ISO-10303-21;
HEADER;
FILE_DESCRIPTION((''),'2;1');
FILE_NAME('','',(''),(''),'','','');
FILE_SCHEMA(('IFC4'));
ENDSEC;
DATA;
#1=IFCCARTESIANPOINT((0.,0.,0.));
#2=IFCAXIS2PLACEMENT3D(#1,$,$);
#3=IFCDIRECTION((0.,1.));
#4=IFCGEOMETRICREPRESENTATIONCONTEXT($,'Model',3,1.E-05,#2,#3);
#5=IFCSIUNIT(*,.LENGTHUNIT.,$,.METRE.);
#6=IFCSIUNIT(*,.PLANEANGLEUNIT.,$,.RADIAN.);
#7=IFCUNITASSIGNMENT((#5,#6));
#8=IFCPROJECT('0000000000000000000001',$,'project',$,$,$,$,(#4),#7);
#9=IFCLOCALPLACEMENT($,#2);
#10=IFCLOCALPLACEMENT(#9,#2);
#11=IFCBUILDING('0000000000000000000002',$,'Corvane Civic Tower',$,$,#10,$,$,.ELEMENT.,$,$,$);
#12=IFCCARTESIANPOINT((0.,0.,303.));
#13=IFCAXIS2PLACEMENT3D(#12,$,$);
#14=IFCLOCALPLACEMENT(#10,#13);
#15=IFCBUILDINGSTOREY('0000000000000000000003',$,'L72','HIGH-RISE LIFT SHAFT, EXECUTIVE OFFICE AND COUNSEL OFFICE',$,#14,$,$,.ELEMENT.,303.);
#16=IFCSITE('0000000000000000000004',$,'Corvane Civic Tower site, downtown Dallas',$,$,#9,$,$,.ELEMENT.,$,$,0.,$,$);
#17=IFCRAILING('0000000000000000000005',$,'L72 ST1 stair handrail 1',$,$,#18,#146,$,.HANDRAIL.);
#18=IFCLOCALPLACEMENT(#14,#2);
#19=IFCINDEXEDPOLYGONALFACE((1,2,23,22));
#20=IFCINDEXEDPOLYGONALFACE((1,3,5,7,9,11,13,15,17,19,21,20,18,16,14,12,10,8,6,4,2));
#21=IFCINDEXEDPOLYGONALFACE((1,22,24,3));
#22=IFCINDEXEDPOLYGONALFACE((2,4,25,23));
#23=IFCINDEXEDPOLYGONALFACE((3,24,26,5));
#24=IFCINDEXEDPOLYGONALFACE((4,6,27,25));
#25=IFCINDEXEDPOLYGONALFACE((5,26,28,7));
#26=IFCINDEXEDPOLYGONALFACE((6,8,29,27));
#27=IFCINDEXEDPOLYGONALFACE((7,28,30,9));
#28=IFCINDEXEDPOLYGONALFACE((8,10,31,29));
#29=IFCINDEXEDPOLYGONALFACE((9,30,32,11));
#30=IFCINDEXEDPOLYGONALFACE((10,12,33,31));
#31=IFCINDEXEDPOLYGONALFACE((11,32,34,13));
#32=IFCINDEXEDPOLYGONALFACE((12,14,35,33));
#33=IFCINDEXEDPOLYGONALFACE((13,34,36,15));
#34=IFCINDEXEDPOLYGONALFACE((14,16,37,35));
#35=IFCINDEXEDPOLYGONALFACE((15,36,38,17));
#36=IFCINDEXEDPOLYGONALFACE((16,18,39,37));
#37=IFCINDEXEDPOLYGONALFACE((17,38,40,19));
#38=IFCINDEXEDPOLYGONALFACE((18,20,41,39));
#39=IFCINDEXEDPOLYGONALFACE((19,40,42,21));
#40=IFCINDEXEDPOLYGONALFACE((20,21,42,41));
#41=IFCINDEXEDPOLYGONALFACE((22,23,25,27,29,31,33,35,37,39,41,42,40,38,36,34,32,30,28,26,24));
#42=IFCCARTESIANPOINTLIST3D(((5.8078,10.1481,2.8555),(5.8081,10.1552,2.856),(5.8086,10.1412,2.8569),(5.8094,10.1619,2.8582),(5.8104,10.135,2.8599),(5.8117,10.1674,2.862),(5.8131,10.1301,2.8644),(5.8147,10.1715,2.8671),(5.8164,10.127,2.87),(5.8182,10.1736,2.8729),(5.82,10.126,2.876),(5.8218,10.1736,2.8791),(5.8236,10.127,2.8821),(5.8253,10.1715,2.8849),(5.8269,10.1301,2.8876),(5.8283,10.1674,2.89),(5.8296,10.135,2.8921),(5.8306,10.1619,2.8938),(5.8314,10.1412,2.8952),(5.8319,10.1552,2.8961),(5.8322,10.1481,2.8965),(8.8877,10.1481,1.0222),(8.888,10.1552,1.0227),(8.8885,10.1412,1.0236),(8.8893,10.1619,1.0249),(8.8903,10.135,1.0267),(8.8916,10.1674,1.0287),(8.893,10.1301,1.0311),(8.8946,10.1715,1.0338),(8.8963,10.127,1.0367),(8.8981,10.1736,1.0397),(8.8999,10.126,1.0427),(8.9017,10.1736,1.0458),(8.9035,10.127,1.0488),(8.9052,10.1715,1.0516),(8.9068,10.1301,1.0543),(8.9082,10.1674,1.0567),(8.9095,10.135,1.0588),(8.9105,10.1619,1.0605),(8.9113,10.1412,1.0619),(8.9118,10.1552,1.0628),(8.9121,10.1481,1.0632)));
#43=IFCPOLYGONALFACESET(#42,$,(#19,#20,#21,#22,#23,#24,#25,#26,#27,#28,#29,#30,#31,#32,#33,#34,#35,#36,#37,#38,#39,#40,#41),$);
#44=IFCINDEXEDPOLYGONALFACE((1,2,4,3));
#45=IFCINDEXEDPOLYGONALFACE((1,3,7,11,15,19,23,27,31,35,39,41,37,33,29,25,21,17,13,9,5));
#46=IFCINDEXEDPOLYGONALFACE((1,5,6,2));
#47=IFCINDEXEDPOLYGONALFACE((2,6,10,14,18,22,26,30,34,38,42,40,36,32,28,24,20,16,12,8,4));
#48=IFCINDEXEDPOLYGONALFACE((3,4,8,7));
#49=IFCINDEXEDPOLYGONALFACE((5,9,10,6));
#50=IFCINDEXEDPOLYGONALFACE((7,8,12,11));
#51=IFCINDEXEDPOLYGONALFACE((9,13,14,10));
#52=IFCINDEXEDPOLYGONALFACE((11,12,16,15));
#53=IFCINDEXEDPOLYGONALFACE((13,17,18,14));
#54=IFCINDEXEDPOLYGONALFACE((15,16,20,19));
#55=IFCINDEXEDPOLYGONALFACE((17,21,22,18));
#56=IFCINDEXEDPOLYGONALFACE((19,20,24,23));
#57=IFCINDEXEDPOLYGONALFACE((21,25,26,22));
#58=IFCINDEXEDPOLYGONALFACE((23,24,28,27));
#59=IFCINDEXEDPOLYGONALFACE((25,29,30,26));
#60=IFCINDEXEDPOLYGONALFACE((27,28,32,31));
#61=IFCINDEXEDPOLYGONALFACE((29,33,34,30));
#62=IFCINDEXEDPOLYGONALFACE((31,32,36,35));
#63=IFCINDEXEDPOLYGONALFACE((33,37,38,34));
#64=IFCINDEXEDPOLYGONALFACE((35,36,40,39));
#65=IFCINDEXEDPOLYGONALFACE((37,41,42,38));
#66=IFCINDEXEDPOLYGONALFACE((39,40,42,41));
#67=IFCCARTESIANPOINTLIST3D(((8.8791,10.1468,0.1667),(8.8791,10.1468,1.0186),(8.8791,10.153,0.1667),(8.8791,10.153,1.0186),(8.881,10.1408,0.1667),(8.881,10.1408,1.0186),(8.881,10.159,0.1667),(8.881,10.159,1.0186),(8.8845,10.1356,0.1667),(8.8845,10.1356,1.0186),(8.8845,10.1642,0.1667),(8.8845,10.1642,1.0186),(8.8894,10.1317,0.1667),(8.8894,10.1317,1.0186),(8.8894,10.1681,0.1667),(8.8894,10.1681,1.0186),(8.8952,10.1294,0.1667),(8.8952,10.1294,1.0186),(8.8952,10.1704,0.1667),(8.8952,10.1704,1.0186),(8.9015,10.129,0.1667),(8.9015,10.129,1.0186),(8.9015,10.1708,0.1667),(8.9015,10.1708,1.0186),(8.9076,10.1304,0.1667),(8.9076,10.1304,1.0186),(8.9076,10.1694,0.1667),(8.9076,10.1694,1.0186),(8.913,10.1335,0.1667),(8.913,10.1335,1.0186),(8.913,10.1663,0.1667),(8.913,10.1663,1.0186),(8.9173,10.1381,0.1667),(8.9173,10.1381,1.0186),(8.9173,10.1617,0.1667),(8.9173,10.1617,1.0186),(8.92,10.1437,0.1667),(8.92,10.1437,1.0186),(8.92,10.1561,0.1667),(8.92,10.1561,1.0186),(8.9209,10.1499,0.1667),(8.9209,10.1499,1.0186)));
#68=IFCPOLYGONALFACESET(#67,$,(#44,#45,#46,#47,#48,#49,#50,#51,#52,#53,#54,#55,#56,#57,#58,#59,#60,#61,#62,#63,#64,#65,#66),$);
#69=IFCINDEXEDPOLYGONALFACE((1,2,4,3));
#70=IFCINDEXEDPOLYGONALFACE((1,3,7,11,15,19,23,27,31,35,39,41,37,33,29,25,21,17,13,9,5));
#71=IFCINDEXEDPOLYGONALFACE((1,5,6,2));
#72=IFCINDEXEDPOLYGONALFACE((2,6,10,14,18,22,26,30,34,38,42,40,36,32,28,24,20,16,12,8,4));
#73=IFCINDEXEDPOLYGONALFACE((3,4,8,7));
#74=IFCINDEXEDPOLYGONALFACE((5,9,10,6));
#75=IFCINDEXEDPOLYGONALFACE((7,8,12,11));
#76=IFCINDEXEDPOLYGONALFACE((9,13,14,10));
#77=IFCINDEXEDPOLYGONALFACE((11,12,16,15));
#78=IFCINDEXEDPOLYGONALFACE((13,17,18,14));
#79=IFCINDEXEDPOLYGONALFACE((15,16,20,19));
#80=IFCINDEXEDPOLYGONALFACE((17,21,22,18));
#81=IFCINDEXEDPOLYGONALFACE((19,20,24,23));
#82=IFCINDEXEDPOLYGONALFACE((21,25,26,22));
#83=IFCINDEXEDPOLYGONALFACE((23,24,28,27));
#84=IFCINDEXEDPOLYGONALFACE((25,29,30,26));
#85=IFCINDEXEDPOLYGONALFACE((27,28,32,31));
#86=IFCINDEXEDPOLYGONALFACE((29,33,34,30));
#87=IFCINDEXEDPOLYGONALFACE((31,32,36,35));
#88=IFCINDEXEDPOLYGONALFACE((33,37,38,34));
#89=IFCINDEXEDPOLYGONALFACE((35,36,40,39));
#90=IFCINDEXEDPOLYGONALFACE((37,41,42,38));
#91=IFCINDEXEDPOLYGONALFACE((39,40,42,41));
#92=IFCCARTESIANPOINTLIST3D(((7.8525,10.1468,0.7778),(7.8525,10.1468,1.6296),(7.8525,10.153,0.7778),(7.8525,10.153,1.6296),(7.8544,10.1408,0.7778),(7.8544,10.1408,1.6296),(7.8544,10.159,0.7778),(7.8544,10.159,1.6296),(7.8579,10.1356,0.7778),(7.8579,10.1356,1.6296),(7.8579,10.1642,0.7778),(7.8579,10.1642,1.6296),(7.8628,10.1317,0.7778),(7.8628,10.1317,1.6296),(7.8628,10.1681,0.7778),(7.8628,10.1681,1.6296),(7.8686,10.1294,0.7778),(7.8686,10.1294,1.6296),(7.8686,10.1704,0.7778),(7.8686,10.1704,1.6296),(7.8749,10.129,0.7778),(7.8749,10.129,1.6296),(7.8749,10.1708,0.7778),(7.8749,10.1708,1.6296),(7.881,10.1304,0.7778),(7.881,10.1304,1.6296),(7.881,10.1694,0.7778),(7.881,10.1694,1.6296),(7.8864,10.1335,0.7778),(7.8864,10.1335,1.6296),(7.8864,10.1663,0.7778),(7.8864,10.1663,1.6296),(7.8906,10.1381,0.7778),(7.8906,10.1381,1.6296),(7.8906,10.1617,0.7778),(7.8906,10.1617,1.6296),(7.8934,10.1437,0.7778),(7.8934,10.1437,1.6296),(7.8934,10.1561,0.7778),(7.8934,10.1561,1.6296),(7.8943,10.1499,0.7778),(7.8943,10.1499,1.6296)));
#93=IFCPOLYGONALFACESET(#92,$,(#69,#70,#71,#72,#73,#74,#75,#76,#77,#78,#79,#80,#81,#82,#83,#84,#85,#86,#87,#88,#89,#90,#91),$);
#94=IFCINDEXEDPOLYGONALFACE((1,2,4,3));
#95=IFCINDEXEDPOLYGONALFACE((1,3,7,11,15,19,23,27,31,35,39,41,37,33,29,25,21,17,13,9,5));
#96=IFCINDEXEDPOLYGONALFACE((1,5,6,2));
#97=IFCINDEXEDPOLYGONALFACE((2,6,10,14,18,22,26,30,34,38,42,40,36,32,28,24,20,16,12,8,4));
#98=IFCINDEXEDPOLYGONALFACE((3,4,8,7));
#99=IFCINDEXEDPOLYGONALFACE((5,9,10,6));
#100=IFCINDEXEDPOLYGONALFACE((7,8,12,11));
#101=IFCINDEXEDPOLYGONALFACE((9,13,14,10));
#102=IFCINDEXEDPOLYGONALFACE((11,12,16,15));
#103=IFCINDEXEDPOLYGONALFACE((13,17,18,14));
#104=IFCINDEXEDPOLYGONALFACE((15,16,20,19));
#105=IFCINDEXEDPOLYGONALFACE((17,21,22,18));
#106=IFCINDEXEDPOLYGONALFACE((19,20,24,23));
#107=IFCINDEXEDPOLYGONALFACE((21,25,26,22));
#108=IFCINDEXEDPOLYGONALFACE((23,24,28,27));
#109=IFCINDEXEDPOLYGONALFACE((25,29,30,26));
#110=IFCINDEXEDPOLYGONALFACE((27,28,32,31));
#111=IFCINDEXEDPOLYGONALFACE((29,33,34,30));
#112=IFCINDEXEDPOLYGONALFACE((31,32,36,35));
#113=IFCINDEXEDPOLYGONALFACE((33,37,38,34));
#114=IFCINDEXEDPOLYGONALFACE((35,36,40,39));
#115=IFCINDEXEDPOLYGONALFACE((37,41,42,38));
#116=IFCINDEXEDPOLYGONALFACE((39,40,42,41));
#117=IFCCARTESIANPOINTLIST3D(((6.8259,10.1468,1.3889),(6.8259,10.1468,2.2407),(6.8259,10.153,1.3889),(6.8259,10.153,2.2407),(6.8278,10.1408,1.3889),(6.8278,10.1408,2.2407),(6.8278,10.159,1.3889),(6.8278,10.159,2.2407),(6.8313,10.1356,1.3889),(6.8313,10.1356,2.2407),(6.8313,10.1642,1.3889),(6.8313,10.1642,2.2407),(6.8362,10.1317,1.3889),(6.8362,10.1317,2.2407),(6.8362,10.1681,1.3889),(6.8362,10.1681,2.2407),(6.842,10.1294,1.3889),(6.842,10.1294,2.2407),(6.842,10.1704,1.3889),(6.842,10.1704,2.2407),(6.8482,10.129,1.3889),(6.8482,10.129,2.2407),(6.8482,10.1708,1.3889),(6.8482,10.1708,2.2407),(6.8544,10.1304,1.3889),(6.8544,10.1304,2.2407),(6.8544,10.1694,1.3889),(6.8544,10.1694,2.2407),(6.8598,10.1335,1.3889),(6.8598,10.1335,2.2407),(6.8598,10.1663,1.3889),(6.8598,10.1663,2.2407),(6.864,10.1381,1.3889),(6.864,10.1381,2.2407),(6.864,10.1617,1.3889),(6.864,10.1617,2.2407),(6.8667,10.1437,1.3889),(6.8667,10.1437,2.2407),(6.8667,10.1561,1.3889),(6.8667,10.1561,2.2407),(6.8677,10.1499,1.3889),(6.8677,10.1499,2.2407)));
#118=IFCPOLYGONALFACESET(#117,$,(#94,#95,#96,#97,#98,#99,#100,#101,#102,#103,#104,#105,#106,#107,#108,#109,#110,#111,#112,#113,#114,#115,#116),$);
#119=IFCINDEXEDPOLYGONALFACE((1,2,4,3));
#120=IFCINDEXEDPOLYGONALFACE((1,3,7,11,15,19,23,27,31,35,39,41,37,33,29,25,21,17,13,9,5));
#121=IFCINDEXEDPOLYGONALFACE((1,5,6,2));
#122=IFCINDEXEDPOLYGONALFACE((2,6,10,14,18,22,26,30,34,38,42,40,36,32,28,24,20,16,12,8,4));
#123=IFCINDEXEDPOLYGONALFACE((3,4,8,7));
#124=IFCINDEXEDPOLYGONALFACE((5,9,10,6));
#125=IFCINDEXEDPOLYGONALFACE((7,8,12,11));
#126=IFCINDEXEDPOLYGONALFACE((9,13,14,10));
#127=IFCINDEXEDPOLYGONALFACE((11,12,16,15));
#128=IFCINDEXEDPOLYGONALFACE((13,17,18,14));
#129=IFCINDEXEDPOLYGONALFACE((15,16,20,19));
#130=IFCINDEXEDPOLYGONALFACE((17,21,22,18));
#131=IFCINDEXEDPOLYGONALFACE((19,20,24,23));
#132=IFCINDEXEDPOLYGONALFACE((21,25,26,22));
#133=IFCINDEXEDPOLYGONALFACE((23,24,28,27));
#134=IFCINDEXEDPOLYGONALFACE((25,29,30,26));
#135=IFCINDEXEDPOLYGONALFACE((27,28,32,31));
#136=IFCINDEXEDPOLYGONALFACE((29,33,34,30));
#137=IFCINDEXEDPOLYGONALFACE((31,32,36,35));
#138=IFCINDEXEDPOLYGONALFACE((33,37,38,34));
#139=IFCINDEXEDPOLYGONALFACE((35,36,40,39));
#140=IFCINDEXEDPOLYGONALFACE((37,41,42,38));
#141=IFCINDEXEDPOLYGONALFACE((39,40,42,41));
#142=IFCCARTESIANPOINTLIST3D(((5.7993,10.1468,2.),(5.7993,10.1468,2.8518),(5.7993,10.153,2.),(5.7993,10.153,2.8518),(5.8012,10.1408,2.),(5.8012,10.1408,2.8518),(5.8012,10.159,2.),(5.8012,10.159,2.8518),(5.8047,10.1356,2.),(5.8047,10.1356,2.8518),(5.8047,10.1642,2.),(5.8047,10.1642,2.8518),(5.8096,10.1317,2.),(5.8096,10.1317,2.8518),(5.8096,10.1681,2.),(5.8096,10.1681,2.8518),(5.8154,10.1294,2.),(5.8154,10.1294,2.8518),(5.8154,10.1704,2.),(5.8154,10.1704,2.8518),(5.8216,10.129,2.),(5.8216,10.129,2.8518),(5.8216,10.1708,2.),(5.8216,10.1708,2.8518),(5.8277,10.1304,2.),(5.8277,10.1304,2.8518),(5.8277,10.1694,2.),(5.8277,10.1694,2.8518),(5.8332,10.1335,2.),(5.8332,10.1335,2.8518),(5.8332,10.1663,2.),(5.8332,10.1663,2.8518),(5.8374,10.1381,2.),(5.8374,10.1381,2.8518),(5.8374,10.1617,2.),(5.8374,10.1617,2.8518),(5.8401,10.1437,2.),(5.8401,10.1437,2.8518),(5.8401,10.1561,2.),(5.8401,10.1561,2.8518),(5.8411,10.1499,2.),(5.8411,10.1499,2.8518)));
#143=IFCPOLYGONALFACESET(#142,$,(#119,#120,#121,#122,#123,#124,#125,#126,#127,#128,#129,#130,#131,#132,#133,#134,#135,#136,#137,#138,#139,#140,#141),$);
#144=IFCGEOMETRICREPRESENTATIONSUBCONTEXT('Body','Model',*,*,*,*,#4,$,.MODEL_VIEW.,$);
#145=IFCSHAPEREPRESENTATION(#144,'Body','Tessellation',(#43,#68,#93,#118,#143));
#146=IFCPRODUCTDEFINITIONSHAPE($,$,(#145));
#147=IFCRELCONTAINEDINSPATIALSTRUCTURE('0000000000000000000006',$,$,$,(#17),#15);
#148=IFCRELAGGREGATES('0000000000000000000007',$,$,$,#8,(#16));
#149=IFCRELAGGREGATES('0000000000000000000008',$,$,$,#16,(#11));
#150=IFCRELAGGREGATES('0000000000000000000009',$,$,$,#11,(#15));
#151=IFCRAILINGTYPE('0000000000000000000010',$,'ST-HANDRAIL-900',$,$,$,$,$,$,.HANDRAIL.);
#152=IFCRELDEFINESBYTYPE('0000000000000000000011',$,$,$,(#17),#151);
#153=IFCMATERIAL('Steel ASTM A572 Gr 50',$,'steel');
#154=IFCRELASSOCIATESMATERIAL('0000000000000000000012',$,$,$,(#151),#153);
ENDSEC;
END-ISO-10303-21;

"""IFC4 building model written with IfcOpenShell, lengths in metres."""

from ifc_helpers import new_model, si_unit, direction, frame, origin, origin_2d, place, context, subcontext, project, spatial, circle, extrude, material, type_object, element, save


model = new_model("IFC4")

# Units and contexts
model_context = context("Model", 3, precision=1e-05, world=origin(), true_north=direction((0.0, 1.0)))
body_context = subcontext(model_context, "Body", "Model", "MODEL_VIEW")
ifc_project = project(units=[si_unit("LENGTHUNIT", "METRE"), si_unit("PLANEANGLEUNIT", "RADIAN")], contexts=[model_context])

# Site, building, storey
site_placement = place(None, origin())
site = spatial("IfcSite", under=ifc_project, at=site_placement, Name="Corvane Civic Tower site, downtown Dallas", CompositionType="ELEMENT", RefElevation=0.0)
building_placement = place(site_placement, origin())
building = spatial("IfcBuilding", under=site, at=building_placement, Name="Corvane Civic Tower", CompositionType="ELEMENT")
storey_placement = place(building_placement, frame((0.0, 0.0, 303.0)))
storey = spatial("IfcBuildingStorey", under=building, at=storey_placement, Name="L72", Description="HIGH-RISE LIFT SHAFT, EXECUTIVE OFFICE AND COUNSEL OFFICE", CompositionType="ELEMENT", Elevation=303.0)

# Railing
ifc_material_1 = material(Name="Steel ASTM A572 Gr 50", Category="steel")
railing_type = type_object("IfcRailingType", Name="ST-HANDRAIL-900", PredefinedType="HANDRAIL", material=ifc_material_1)
railing_placement = place(storey_placement, frame((8.8999, 10.1499, 0.1667)))
element("IfcRailing", 1, at=railing_placement, inside=storey, type_object=railing_type, Name="L72 ST1 stair handrail 1", PredefinedType="HANDRAIL", context=body_context, shape_type="SweptSolid", body=[
    extrude(circle(Radius=0.0239, at=origin_2d()), frame((0.0, 0.0, 0.876), z_axis=(-0.859291, 0.0, 0.511487), x_axis=(0.0, -1.0, 0.0)), (0.0, 0.0, 1.0), 3.5842),
    extrude(circle(Radius=0.021, at=origin_2d()), origin(), (0.0, 0.0, 1.0), 0.8518),
    extrude(circle(Radius=0.021, at=origin_2d()), frame((-1.0266, 0.0, 0.6111)), (0.0, 0.0, 1.0), 0.8518),
    extrude(circle(Radius=0.021, at=origin_2d()), frame((-2.0532, 0.0, 1.2222)), (0.0, 0.0, 1.0), 0.8518),
    extrude(circle(Radius=0.021, at=origin_2d()), frame((-3.0798, 0.0, 1.8333)), (0.0, 0.0, 1.0), 0.8518),
])

save(model, "model.ifc")
